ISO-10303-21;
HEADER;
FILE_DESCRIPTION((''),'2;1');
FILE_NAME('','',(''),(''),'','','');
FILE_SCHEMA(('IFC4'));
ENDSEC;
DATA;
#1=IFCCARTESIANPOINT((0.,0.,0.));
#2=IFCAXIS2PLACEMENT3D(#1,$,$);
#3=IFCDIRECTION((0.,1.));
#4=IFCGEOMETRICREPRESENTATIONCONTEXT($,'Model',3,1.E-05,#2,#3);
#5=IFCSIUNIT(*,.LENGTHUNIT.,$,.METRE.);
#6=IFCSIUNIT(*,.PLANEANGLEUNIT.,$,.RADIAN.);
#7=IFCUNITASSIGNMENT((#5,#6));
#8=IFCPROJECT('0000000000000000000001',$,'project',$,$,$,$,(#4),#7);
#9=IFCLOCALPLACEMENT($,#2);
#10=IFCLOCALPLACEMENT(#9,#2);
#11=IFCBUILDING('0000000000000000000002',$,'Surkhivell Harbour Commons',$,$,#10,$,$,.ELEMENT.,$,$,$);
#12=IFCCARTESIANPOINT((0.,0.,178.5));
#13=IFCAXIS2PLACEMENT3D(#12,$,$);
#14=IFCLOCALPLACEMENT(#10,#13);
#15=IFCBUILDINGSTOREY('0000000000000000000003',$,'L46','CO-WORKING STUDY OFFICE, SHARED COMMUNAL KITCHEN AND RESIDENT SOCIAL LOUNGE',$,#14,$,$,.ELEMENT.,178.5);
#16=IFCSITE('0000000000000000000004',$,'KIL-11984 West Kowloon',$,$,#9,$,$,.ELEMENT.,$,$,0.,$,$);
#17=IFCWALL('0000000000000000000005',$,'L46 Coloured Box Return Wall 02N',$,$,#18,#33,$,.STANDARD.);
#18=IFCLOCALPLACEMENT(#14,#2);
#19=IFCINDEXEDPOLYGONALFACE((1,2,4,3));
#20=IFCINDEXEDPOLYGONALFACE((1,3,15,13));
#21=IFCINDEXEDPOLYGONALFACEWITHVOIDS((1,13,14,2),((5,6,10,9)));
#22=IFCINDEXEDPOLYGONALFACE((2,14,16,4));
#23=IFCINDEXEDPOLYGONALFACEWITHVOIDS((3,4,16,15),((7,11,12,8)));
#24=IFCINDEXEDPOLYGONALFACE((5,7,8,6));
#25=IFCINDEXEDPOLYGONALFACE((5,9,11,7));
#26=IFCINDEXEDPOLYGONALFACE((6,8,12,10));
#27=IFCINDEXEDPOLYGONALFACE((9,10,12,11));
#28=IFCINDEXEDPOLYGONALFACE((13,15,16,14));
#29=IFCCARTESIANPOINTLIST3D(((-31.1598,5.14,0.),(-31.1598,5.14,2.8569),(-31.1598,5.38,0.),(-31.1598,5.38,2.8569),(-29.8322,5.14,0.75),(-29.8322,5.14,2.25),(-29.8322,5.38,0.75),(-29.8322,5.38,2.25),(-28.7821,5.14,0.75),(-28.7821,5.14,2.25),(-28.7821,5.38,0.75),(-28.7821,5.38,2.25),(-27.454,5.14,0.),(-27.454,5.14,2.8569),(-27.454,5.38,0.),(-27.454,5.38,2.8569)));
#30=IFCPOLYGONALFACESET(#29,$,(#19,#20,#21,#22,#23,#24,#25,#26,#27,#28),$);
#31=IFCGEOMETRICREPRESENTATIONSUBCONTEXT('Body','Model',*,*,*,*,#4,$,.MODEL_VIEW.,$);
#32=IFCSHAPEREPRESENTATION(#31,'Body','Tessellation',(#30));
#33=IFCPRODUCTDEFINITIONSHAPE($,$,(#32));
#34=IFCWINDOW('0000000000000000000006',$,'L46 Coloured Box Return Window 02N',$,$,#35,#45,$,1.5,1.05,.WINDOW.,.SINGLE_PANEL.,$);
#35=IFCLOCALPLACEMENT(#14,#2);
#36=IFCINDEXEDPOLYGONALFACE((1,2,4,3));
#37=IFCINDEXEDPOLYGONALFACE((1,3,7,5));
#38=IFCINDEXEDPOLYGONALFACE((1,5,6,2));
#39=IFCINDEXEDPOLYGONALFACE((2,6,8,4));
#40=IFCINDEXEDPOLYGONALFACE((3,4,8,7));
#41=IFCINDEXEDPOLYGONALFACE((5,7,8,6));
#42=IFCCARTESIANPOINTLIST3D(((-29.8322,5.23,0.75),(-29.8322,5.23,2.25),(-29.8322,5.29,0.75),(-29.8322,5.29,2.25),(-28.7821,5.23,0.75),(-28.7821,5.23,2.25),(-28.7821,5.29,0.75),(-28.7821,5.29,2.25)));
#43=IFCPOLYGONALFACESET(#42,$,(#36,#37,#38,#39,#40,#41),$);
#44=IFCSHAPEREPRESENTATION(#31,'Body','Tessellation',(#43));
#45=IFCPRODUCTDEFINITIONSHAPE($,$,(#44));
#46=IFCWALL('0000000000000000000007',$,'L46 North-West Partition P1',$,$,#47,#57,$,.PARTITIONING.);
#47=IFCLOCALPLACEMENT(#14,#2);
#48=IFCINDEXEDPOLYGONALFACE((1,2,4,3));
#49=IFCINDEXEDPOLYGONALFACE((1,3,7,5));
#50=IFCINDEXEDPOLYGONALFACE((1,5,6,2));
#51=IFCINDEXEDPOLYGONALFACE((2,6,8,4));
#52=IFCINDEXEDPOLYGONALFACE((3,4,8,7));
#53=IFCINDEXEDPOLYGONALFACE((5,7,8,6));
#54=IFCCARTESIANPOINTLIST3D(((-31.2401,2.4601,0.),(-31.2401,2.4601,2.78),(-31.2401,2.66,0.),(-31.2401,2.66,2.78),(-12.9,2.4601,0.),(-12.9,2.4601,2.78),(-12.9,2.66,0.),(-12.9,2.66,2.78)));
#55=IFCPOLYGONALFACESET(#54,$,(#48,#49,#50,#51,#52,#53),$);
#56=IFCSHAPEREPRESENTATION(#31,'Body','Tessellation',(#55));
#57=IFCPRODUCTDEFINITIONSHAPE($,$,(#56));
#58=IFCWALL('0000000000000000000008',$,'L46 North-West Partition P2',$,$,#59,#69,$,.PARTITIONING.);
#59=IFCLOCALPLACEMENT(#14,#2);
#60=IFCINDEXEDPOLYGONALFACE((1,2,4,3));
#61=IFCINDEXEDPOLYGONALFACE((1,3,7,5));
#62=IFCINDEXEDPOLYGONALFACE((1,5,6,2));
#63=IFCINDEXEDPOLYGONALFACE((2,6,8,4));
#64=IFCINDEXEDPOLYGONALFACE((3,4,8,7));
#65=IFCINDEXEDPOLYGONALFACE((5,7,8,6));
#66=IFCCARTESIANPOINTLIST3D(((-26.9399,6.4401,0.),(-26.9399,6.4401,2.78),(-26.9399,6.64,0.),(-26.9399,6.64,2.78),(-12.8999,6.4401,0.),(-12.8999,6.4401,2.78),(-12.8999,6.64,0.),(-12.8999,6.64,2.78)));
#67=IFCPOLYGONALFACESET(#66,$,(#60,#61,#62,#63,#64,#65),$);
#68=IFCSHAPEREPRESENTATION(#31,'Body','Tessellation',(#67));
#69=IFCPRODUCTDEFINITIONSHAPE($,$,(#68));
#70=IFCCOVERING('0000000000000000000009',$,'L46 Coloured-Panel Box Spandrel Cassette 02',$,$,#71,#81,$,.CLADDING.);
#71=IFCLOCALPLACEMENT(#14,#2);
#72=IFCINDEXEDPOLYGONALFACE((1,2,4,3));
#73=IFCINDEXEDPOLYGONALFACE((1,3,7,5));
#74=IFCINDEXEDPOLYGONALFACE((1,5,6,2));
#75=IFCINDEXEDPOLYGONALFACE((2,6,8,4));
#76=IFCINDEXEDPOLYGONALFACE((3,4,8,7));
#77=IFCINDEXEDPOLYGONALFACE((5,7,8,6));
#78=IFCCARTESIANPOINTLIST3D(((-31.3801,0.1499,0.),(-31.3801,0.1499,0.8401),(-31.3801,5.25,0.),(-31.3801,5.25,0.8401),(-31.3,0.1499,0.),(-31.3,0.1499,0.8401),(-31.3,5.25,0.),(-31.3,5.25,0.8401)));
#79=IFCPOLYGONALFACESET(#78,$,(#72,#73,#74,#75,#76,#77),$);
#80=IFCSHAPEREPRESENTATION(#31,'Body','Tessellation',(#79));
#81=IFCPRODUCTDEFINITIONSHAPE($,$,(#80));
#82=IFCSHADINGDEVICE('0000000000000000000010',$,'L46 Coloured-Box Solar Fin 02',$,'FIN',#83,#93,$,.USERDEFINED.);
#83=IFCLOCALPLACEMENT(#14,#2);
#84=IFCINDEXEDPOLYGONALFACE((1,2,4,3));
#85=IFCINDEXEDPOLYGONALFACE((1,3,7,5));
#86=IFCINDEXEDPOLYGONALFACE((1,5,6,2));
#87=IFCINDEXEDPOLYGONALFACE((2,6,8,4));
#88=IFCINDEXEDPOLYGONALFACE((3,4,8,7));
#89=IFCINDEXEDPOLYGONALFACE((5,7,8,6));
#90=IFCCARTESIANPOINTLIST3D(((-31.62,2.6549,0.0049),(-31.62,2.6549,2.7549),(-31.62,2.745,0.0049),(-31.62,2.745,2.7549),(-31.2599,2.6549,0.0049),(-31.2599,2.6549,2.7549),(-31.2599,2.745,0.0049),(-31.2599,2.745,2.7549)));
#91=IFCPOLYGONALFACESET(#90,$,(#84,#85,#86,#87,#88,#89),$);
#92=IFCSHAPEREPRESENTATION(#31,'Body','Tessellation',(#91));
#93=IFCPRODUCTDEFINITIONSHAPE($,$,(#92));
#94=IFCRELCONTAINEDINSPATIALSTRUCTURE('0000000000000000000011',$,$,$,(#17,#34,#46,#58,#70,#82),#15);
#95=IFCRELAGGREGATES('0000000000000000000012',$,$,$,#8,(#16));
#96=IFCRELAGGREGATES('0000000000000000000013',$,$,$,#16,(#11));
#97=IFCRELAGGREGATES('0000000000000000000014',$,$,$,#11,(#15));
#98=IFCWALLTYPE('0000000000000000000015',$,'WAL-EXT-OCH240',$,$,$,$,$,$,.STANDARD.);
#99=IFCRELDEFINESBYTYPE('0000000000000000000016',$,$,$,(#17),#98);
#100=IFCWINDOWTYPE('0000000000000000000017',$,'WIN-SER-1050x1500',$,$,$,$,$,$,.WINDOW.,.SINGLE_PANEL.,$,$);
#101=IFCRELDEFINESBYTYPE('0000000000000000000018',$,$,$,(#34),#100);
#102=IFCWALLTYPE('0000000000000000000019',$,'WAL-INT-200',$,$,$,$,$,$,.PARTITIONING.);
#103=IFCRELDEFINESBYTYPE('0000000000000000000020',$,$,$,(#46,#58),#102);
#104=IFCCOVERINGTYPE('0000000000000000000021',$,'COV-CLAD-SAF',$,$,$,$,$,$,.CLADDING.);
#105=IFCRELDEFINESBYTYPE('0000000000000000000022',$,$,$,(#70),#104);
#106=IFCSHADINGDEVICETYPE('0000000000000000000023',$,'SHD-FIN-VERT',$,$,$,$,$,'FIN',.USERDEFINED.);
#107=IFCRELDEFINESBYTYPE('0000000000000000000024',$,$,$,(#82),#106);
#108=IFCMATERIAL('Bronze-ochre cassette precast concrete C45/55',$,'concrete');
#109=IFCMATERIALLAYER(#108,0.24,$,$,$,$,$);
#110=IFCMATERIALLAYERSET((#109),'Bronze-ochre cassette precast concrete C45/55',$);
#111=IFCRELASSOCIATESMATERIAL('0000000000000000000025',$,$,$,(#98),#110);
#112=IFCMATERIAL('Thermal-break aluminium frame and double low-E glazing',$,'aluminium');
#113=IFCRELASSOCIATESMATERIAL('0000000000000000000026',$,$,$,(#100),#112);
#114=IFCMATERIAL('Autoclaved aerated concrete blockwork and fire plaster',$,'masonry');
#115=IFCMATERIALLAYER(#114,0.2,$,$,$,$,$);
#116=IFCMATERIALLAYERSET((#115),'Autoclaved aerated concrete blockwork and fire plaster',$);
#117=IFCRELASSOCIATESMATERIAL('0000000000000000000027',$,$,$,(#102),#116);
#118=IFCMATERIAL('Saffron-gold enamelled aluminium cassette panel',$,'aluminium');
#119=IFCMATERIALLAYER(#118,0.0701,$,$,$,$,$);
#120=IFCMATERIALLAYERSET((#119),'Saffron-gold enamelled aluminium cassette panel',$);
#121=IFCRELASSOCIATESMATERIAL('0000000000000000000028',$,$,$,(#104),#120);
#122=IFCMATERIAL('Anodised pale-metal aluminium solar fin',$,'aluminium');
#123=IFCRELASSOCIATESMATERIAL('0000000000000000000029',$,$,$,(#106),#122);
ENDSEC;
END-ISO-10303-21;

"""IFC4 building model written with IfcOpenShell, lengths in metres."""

from ifc_helpers import new_model, si_unit, direction, frame, frame_2d, origin, origin_2d, place, context, subcontext, project, spatial, rectangle, extrude, material, layer, layer_set, type_object, element, fill, save


model = new_model("IFC4")

# Units and contexts
model_context = context("Model", 3, precision=1e-05, world=origin(), true_north=direction((0.0, 1.0)))
body_context = subcontext(model_context, "Body", "Model", "MODEL_VIEW")
ifc_project = project(units=[si_unit("LENGTHUNIT", "METRE"), si_unit("PLANEANGLEUNIT", "RADIAN")], contexts=[model_context])

# Site, building, storey
site_placement = place(None, origin())
site = spatial("IfcSite", under=ifc_project, at=site_placement, Name="KIL-11984 West Kowloon", CompositionType="ELEMENT", RefElevation=0.0)
building_placement = place(site_placement, origin())
building = spatial("IfcBuilding", under=site, at=building_placement, Name="Surkhivell Harbour Commons", CompositionType="ELEMENT")
storey_placement = place(building_placement, frame((0.0, 0.0, 178.5)))
storey = spatial("IfcBuildingStorey", under=building, at=storey_placement, Name="L46", Description="CO-WORKING STUDY OFFICE, SHARED COMMUNAL KITCHEN AND RESIDENT SOCIAL LOUNGE", CompositionType="ELEMENT", Elevation=178.5)

# Wall, opening, window
ifc_material_1 = material(Name="Bronze-ochre cassette precast concrete C45/55", Category="concrete")
ifc_layer_1 = layer(ifc_material_1, 0.24)
ifc_layer_set_1 = layer_set([ifc_layer_1], Name="Bronze-ochre cassette precast concrete C45/55")
wall_type_1 = type_object("IfcWallType", Name="WAL-EXT-OCH240", PredefinedType="STANDARD", material=ifc_layer_set_1)
ifc_material_2 = material(Name="Thermal-break aluminium frame and double low-E glazing", Category="aluminium")
window_type_1 = type_object("IfcWindowType", Name="WIN-SER-1050x1500", PartitioningType="SINGLE_PANEL", PredefinedType="WINDOW", material=ifc_material_2)
wall_1_placement = place(storey_placement, frame((-31.1599, 5.26, 0.0), z_axis=(0.0, 0.0, 1.0), x_axis=(1.0, 0.0, 0.0)))
wall_1 = element("IfcWall", 1, at=wall_1_placement, inside=storey, type_object=wall_type_1, Name="L46 Coloured Box Return Wall 02N", PredefinedType="STANDARD", context=body_context, shape_type="SweptSolid", body=[
    extrude(rectangle(XDim=3.7058, YDim=0.24, at=frame_2d((1.853, 0.0))), origin(), (0.0, 0.0, 1.0), 2.8569),
])
opening_1_placement = place(wall_1_placement, frame((1.3279, 0.0, 0.75)))
opening_1 = element("IfcOpeningElement", 2, at=opening_1_placement, cuts=wall_1, PredefinedType="OPENING", context=body_context, shape_type="SweptSolid", body=[
    extrude(rectangle(XDim=1.05, YDim=1.5, at=frame_2d((0.5249, 0.75))), frame((0.0, 0.1299, 0.0), z_axis=(0.0, -1.0, 0.0), x_axis=(1.0, 0.0, 0.0)), (0.0, 0.0, 1.0), 0.26),
])
window_1_placement = place(opening_1_placement, origin())
window_1 = element("IfcWindow", 3, at=window_1_placement, inside=storey, type_object=window_type_1, Name="L46 Coloured Box Return Window 02N", OverallHeight=1.5, OverallWidth=1.05, PartitioningType="SINGLE_PANEL", PredefinedType="WINDOW", context=body_context, shape_type="SweptSolid", body=[
    extrude(rectangle(XDim=1.05, YDim=1.5, at=frame_2d((0.5249, 0.75))), frame((0.0, 0.03, 0.0), z_axis=(0.0, -1.0, 0.0), x_axis=(1.0, 0.0, 0.0)), (0.0, 0.0, 1.0), 0.0601),
])
fill(opening_1, window_1)

# Walls
ifc_material_3 = material(Name="Autoclaved aerated concrete blockwork and fire plaster", Category="masonry")
ifc_layer_2 = layer(ifc_material_3, 0.2)
ifc_layer_set_2 = layer_set([ifc_layer_2], Name="Autoclaved aerated concrete blockwork and fire plaster")
wall_type_2 = type_object("IfcWallType", Name="WAL-INT-200", PredefinedType="PARTITIONING", material=ifc_layer_set_2)
wall_2_placement = place(storey_placement, frame((-31.24, 2.5601, 0.0), z_axis=(0.0, 0.0, 1.0), x_axis=(1.0, 0.0, 0.0)))
element("IfcWall", 4, at=wall_2_placement, inside=storey, type_object=wall_type_2, Name="L46 North-West Partition P1", PredefinedType="PARTITIONING", context=body_context, shape_type="SweptSolid", body=[
    extrude(rectangle(XDim=18.3401, YDim=0.2, at=frame_2d((9.1699, 0.0))), origin(), (0.0, 0.0, 1.0), 2.78),
])
wall_3_placement = place(storey_placement, frame((-26.9399, 6.54, 0.0), z_axis=(0.0, 0.0, 1.0), x_axis=(1.0, 0.0, 0.0)))
element("IfcWall", 5, at=wall_3_placement, inside=storey, type_object=wall_type_2, Name="L46 North-West Partition P2", PredefinedType="PARTITIONING", context=body_context, shape_type="SweptSolid", body=[
    extrude(rectangle(XDim=14.04, YDim=0.2, at=frame_2d((7.02, 0.0))), origin(), (0.0, 0.0, 1.0), 2.78),
])

# Covering
ifc_material_4 = material(Name="Saffron-gold enamelled aluminium cassette panel", Category="aluminium")
ifc_layer_3 = layer(ifc_material_4, 0.0701)
ifc_layer_set_3 = layer_set([ifc_layer_3], Name="Saffron-gold enamelled aluminium cassette panel")
covering_type = type_object("IfcCoveringType", Name="COV-CLAD-SAF", PredefinedType="CLADDING", material=ifc_layer_set_3)
covering_placement = place(storey_placement, frame((-31.3401, 2.7, 0.0), z_axis=(0.0, 0.0, 1.0), x_axis=(1.0, 0.0, 0.0)))
element("IfcCovering", 6, at=covering_placement, inside=storey, type_object=covering_type, Name="L46 Coloured-Panel Box Spandrel Cassette 02", PredefinedType="CLADDING", context=body_context, shape_type="SweptSolid", body=[
    extrude(rectangle(XDim=0.0801, YDim=5.1001, at=origin_2d()), origin(), (0.0, 0.0, 1.0), 0.8401),
])

# Shading device
ifc_material_5 = material(Name="Anodised pale-metal aluminium solar fin", Category="aluminium")
shading_device_type = type_object("IfcShadingDeviceType", Name="SHD-FIN-VERT", ElementType="FIN", PredefinedType="USERDEFINED", material=ifc_material_5)
shading_device_placement = place(storey_placement, frame((-31.4399, 2.7, 0.0049), z_axis=(0.0, 0.0, 1.0), x_axis=(1.0, 0.0, 0.0)))
element("IfcShadingDevice", 7, at=shading_device_placement, inside=storey, type_object=shading_device_type, Name="L46 Coloured-Box Solar Fin 02", ObjectType="FIN", PredefinedType="USERDEFINED", context=body_context, shape_type="SweptSolid", body=[
    extrude(rectangle(XDim=0.3601, YDim=0.0901, at=origin_2d()), origin(), (0.0, 0.0, 1.0), 2.75),
])

save(model, "model.ifc")
